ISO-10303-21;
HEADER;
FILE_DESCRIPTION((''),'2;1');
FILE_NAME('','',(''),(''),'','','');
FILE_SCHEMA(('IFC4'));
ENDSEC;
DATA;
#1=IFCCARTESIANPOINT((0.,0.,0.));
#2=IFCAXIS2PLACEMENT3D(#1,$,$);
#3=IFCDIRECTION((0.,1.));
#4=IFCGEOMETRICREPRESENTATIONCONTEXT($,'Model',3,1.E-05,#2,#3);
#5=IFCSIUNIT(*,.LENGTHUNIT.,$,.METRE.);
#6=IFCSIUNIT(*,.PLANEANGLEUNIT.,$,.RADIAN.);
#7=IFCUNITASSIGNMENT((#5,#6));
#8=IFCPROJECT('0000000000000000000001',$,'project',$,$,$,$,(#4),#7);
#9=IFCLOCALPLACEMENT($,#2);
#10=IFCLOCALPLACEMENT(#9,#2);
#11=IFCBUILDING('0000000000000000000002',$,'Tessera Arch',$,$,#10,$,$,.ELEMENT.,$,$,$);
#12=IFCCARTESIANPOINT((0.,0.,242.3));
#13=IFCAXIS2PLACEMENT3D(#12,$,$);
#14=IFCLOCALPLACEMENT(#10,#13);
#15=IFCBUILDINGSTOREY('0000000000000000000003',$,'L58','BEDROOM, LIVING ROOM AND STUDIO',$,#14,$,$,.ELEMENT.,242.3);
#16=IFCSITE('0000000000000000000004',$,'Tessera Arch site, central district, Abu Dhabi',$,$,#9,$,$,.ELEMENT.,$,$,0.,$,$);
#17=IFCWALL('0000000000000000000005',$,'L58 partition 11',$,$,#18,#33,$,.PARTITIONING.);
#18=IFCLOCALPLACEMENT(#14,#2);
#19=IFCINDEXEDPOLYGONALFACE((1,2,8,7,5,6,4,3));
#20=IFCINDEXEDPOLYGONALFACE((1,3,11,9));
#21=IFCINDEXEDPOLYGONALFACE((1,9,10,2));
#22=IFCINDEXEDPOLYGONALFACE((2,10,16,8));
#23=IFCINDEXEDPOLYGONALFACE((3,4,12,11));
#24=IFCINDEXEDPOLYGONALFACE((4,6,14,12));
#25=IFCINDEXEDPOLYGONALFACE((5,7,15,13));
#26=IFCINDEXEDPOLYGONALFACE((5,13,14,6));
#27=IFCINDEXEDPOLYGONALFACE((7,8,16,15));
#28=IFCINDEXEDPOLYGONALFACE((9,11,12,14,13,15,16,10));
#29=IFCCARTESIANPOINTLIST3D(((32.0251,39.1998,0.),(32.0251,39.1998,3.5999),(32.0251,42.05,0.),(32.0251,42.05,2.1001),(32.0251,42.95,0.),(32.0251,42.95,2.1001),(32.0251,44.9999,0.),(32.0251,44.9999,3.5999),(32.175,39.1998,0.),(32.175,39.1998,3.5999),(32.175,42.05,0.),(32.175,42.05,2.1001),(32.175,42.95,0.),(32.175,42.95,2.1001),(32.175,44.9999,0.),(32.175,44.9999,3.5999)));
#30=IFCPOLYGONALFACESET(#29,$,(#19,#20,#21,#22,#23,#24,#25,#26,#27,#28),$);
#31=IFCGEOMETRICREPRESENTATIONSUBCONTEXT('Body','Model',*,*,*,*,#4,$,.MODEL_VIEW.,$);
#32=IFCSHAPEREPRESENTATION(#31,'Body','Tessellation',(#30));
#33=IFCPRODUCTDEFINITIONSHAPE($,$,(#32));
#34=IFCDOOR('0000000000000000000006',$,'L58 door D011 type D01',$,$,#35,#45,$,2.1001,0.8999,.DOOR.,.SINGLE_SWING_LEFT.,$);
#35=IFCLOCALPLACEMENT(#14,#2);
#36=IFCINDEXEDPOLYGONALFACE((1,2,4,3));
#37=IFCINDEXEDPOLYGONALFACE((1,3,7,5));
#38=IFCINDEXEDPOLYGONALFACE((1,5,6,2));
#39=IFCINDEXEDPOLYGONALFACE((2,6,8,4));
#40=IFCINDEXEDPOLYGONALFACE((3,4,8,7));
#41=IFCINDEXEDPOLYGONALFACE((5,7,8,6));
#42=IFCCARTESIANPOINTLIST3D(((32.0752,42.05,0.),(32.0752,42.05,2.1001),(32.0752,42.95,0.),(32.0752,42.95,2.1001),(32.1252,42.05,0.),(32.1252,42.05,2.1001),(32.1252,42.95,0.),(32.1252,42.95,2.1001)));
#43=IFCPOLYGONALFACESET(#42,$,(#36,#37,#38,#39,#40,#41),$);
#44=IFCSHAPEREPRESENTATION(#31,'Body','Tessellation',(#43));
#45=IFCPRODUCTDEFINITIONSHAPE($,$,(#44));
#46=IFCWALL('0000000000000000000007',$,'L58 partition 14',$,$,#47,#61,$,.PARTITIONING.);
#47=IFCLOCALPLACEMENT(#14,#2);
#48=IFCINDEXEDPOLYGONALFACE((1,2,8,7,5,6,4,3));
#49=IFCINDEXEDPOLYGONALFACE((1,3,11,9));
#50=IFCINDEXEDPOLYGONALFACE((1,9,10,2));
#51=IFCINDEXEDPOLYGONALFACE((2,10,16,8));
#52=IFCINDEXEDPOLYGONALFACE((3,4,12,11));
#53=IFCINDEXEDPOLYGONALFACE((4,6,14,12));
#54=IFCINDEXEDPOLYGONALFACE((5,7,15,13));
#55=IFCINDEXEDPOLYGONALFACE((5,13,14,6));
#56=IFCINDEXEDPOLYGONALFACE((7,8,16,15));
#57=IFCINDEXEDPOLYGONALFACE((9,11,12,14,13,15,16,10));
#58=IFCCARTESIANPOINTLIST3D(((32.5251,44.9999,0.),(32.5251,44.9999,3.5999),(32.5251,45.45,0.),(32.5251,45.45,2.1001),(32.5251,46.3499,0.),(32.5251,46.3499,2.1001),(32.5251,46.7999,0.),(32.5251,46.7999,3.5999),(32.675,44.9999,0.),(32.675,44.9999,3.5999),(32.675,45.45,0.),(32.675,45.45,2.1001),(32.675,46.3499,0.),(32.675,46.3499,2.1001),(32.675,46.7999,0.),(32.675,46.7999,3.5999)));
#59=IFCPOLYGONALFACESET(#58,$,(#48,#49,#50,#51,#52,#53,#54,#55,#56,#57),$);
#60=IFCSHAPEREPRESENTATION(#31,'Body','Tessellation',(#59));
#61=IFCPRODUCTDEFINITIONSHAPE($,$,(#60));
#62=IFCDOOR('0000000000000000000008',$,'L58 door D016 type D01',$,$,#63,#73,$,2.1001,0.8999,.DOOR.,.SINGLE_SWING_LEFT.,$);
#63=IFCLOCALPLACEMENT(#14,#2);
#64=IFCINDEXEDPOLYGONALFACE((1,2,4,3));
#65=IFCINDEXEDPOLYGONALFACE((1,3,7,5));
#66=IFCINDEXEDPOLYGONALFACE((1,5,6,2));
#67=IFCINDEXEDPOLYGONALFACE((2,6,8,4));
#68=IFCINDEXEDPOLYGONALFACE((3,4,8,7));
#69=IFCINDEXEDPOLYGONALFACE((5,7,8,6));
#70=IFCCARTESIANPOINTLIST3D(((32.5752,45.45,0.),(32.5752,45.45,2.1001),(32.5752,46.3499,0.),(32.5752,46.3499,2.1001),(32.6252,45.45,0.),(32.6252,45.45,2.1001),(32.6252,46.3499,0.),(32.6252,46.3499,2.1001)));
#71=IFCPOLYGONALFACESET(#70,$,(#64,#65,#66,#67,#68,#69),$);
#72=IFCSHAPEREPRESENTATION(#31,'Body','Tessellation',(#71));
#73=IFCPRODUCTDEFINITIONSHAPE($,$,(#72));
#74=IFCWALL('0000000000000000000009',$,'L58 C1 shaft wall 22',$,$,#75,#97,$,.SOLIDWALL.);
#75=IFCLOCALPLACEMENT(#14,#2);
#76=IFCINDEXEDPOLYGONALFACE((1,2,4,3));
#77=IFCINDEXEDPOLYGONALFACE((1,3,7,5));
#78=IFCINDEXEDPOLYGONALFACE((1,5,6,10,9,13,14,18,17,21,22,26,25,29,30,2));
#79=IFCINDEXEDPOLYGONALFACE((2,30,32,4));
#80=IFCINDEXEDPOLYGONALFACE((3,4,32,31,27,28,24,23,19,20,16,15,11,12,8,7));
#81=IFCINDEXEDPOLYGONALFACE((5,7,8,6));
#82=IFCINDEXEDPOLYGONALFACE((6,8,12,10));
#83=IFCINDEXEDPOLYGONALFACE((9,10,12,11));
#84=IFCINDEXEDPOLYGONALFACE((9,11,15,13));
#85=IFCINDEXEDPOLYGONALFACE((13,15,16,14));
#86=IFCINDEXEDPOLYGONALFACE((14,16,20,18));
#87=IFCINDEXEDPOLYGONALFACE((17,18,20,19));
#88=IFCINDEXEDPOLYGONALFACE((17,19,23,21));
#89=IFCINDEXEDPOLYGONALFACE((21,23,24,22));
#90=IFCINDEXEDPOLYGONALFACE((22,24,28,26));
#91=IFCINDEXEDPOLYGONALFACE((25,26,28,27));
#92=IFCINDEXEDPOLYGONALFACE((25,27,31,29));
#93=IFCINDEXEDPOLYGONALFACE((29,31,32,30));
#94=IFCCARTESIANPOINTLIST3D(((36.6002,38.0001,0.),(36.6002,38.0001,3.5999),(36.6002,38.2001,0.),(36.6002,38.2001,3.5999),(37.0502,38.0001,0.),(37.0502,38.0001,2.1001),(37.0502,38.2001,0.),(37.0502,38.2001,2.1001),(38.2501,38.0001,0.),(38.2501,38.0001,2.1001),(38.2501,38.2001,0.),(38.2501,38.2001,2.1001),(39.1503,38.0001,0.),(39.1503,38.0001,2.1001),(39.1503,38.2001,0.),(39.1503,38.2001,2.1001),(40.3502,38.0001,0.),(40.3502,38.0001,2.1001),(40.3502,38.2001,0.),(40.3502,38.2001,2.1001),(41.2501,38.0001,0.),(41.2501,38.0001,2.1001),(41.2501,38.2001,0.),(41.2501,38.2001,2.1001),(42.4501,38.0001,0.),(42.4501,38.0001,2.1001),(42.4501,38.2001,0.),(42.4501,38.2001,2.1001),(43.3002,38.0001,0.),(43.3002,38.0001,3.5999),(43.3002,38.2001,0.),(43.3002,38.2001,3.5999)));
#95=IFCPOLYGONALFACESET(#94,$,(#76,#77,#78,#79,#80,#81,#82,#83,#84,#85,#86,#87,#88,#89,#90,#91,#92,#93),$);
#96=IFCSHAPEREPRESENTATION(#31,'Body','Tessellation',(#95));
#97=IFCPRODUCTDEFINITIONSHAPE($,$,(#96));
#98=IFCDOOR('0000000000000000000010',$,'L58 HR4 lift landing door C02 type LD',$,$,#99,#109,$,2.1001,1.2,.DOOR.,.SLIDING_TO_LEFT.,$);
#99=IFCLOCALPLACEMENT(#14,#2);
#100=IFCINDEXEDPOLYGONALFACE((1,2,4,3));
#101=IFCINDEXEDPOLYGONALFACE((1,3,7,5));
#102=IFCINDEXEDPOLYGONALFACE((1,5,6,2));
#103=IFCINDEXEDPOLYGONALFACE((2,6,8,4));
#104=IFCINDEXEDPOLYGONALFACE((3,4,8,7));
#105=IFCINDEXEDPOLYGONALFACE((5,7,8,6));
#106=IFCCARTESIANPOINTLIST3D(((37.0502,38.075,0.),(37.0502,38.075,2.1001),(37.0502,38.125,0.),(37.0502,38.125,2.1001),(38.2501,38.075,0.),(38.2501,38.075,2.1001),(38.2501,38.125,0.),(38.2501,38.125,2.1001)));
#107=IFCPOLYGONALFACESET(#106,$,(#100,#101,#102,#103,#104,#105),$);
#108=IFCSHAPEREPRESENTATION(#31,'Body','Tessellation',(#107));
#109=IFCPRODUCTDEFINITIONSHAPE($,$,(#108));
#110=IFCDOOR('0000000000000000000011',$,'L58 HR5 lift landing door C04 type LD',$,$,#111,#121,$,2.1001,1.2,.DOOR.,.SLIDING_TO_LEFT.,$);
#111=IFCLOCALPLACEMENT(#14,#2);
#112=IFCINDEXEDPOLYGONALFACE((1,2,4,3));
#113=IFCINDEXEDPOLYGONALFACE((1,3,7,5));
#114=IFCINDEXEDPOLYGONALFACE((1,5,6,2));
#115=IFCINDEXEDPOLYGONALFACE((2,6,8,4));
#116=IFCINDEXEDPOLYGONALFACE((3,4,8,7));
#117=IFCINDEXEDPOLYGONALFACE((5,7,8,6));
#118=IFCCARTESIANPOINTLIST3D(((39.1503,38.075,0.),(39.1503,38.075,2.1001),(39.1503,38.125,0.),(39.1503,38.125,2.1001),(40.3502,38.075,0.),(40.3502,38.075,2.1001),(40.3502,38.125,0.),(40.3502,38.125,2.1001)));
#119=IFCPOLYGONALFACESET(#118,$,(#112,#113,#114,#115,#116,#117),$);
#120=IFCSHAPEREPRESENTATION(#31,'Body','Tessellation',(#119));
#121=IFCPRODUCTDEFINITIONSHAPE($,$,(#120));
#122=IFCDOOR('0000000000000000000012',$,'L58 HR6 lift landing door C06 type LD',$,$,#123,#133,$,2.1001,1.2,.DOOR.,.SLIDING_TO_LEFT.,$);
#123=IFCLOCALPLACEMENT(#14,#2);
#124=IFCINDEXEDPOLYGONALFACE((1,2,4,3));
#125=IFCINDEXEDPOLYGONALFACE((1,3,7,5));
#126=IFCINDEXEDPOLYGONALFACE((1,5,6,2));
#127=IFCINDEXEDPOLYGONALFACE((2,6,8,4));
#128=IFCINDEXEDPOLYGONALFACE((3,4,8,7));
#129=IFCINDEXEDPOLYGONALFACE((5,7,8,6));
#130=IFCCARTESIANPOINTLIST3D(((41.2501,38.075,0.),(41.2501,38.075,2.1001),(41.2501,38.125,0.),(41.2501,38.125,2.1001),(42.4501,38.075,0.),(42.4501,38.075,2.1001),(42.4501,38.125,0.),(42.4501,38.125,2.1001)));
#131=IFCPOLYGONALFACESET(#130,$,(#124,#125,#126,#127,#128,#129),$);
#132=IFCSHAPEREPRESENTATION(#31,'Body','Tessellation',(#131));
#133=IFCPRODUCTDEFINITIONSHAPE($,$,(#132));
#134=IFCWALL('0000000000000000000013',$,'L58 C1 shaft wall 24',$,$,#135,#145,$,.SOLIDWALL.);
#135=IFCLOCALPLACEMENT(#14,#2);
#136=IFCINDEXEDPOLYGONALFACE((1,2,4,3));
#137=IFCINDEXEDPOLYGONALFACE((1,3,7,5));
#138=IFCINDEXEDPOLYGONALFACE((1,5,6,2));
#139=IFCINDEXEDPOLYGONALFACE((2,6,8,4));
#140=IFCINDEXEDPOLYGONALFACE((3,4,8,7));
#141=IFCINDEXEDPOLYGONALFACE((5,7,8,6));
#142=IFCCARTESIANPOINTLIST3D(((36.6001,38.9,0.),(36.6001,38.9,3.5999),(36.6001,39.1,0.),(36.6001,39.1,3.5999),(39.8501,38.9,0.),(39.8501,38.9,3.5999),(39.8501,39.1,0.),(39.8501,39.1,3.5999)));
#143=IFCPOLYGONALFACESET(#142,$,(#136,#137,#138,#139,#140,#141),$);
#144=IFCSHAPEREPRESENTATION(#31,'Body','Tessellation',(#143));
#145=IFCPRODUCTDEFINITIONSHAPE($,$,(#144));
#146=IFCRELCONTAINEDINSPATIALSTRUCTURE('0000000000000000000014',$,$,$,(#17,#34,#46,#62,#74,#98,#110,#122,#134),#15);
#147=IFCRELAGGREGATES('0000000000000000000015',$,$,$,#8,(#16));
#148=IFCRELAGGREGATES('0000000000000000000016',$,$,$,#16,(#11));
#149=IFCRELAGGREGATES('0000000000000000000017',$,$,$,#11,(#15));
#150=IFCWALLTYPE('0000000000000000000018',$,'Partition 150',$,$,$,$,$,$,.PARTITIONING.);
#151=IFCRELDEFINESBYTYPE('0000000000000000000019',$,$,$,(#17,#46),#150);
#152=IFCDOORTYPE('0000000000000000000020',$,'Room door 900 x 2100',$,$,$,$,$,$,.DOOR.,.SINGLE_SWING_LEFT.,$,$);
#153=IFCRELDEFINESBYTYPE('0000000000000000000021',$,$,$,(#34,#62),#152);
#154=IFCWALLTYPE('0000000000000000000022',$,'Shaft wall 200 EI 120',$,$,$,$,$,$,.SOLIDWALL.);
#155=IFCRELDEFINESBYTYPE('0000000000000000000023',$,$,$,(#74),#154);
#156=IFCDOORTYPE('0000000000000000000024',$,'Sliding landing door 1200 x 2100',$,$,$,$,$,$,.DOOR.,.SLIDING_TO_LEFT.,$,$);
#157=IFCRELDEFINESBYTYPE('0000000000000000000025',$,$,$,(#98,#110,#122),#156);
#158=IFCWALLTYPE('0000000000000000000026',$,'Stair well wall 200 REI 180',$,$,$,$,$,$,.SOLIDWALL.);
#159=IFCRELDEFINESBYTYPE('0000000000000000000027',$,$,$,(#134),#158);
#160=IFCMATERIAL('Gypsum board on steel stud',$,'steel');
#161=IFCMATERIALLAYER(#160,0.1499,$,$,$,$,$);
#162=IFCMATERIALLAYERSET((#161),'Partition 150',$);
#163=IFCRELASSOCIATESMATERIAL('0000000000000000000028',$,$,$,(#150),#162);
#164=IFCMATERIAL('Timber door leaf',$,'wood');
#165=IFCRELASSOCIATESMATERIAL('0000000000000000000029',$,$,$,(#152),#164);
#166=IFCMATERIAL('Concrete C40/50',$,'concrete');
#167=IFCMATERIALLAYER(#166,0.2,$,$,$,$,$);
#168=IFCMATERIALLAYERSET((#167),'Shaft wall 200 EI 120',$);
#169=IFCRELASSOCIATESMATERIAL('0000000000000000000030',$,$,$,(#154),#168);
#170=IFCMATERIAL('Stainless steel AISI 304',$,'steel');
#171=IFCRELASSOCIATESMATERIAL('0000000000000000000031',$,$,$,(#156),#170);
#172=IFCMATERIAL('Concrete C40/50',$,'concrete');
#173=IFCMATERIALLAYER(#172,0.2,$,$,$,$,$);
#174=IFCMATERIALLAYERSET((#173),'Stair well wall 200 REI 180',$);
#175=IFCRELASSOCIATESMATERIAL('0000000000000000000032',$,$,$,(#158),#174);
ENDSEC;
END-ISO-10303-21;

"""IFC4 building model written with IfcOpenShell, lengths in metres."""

from ifc_helpers import new_model, si_unit, direction, frame, frame_2d, origin, place, context, subcontext, project, spatial, rectangle, extrude, material, layer, layer_set, type_object, element, fill, save


model = new_model("IFC4")

# Units and contexts
model_context = context("Model", 3, precision=1e-05, world=origin(), true_north=direction((0.0, 1.0)))
body_context = subcontext(model_context, "Body", "Model", "MODEL_VIEW")
ifc_project = project(units=[si_unit("LENGTHUNIT", "METRE"), si_unit("PLANEANGLEUNIT", "RADIAN")], contexts=[model_context])

# Site, building, storey
site_placement = place(None, origin())
site = spatial("IfcSite", under=ifc_project, at=site_placement, Name="Tessera Arch site, central district, Abu Dhabi", CompositionType="ELEMENT", RefElevation=0.0)
building_placement = place(site_placement, origin())
building = spatial("IfcBuilding", under=site, at=building_placement, Name="Tessera Arch", CompositionType="ELEMENT")
storey_placement = place(building_placement, frame((0.0, 0.0, 242.3)))
storey = spatial("IfcBuildingStorey", under=building, at=storey_placement, Name="L58", Description="BEDROOM, LIVING ROOM AND STUDIO", CompositionType="ELEMENT", Elevation=242.3)

# Walls, openings, doors
ifc_material_1 = material(Name="Gypsum board on steel stud", Category="steel")
ifc_layer_1 = layer(ifc_material_1, 0.1499)
ifc_layer_set_1 = layer_set([ifc_layer_1], Name="Partition 150")
wall_type_1 = type_object("IfcWallType", Name="Partition 150", PredefinedType="PARTITIONING", material=ifc_layer_set_1)
wall_1_placement = place(storey_placement, frame((32.1001, 39.2, 0.0), z_axis=(0.0, 0.0, 1.0), x_axis=(0.0, 1.0, 0.0)))
wall_1 = element("IfcWall", 1, at=wall_1_placement, inside=storey, type_object=wall_type_1, Name="L58 partition 11", PredefinedType="PARTITIONING", context=body_context, shape_type="SweptSolid", body=[
    extrude(rectangle(XDim=5.8, YDim=0.1499, at=frame_2d((2.8999, 0.0))), origin(), (0.0, 0.0, 1.0), 3.5999),
])
opening_1_placement = place(wall_1_placement, frame((2.8501, 0.0, 0.0)))
opening_1 = element("IfcOpeningElement", 2, at=opening_1_placement, cuts=wall_1, PredefinedType="OPENING", context=body_context, shape_type="SweptSolid", body=[
    extrude(rectangle(XDim=0.8999, YDim=2.1001, at=frame_2d((0.45, 1.05))), frame((0.0, 0.085, 0.0), z_axis=(0.0, -1.0, 0.0), x_axis=(1.0, 0.0, 0.0)), (0.0, 0.0, 1.0), 0.1699),
])
ifc_material_2 = material(Name="Timber door leaf", Category="wood")
door_type_1 = type_object("IfcDoorType", Name="Room door 900 x 2100", OperationType="SINGLE_SWING_LEFT", PredefinedType="DOOR", material=ifc_material_2)
door_1_placement = place(opening_1_placement, origin())
door_1 = element("IfcDoor", 3, at=door_1_placement, inside=storey, type_object=door_type_1, Name="L58 door D011 type D01", OperationType="SINGLE_SWING_LEFT", OverallHeight=2.1001, OverallWidth=0.8999, PredefinedType="DOOR", context=body_context, shape_type="SweptSolid", body=[
    extrude(rectangle(XDim=0.8999, YDim=2.1001, at=frame_2d((0.45, 1.05))), frame((0.0, 0.0249, 0.0), z_axis=(0.0, -1.0, 0.0), x_axis=(1.0, 0.0, 0.0)), (0.0, 0.0, 1.0), 0.05),
])
fill(opening_1, door_1)
wall_2_placement = place(storey_placement, frame((32.6001, 45.0, 0.0), z_axis=(0.0, 0.0, 1.0), x_axis=(0.0, 1.0, 0.0)))
wall_2 = element("IfcWall", 4, at=wall_2_placement, inside=storey, type_object=wall_type_1, Name="L58 partition 14", PredefinedType="PARTITIONING", context=body_context, shape_type="SweptSolid", body=[
    extrude(rectangle(XDim=1.8, YDim=0.1499, at=frame_2d((0.8999, 0.0))), origin(), (0.0, 0.0, 1.0), 3.5999),
])
opening_2_placement = place(wall_2_placement, frame((0.45, 0.0, 0.0)))
opening_2 = element("IfcOpeningElement", 5, at=opening_2_placement, cuts=wall_2, PredefinedType="OPENING", context=body_context, shape_type="SweptSolid", body=[
    extrude(rectangle(XDim=0.8999, YDim=2.1001, at=frame_2d((0.45, 1.05))), frame((0.0, 0.085, 0.0), z_axis=(0.0, -1.0, 0.0), x_axis=(1.0, 0.0, 0.0)), (0.0, 0.0, 1.0), 0.1699),
])
door_2_placement = place(opening_2_placement, origin())
door_2 = element("IfcDoor", 6, at=door_2_placement, inside=storey, type_object=door_type_1, Name="L58 door D016 type D01", OperationType="SINGLE_SWING_LEFT", OverallHeight=2.1001, OverallWidth=0.8999, PredefinedType="DOOR", context=body_context, shape_type="SweptSolid", body=[
    extrude(rectangle(XDim=0.8999, YDim=2.1001, at=frame_2d((0.45, 1.05))), frame((0.0, 0.0249, 0.0), z_axis=(0.0, -1.0, 0.0), x_axis=(1.0, 0.0, 0.0)), (0.0, 0.0, 1.0), 0.05),
])
fill(opening_2, door_2)

# Wall, openings, doors
ifc_material_3 = material(Name="Concrete C40/50", Category="concrete")
ifc_layer_2 = layer(ifc_material_3, 0.2)
ifc_layer_set_2 = layer_set([ifc_layer_2], Name="Shaft wall 200 EI 120")
wall_type_2 = type_object("IfcWallType", Name="Shaft wall 200 EI 120", PredefinedType="SOLIDWALL", material=ifc_layer_set_2)
wall_3_placement = place(storey_placement, frame((36.6001, 38.1001, 0.0), z_axis=(0.0, 0.0, 1.0), x_axis=(1.0, 0.0, 0.0)))
wall_3 = element("IfcWall", 7, at=wall_3_placement, inside=storey, type_object=wall_type_2, Name="L58 C1 shaft wall 22", PredefinedType="SOLIDWALL", context=body_context, shape_type="SweptSolid", body=[
    extrude(rectangle(XDim=6.7, YDim=0.2, at=frame_2d((3.3501, 0.0))), origin(), (0.0, 0.0, 1.0), 3.5999),
])
opening_3_placement = place(wall_3_placement, frame((0.45, 0.0, 0.0)))
opening_3 = element("IfcOpeningElement", 8, at=opening_3_placement, cuts=wall_3, PredefinedType="OPENING", context=body_context, shape_type="SweptSolid", body=[
    extrude(rectangle(XDim=1.2, YDim=2.1001, at=frame_2d((0.6001, 1.05))), frame((0.0, 0.1099, 0.0), z_axis=(0.0, -1.0, 0.0), x_axis=(1.0, 0.0, 0.0)), (0.0, 0.0, 1.0), 0.22),
])
opening_4_placement = place(wall_3_placement, frame((2.55, 0.0, 0.0)))
opening_4 = element("IfcOpeningElement", 9, at=opening_4_placement, cuts=wall_3, PredefinedType="OPENING", context=body_context, shape_type="SweptSolid", body=[
    extrude(rectangle(XDim=1.2, YDim=2.1001, at=frame_2d((0.6001, 1.05))), frame((0.0, 0.1099, 0.0), z_axis=(0.0, -1.0, 0.0), x_axis=(1.0, 0.0, 0.0)), (0.0, 0.0, 1.0), 0.22),
])
opening_5_placement = place(wall_3_placement, frame((4.6499, 0.0, 0.0)))
opening_5 = element("IfcOpeningElement", 10, at=opening_5_placement, cuts=wall_3, PredefinedType="OPENING", context=body_context, shape_type="SweptSolid", body=[
    extrude(rectangle(XDim=1.2, YDim=2.1001, at=frame_2d((0.6001, 1.05))), frame((0.0, 0.1099, 0.0), z_axis=(0.0, -1.0, 0.0), x_axis=(1.0, 0.0, 0.0)), (0.0, 0.0, 1.0), 0.22),
])
ifc_material_4 = material(Name="Stainless steel AISI 304", Category="steel")
door_type_2 = type_object("IfcDoorType", Name="Sliding landing door 1200 x 2100", OperationType="SLIDING_TO_LEFT", PredefinedType="DOOR", material=ifc_material_4)
door_3_placement = place(opening_3_placement, origin())
door_3 = element("IfcDoor", 11, at=door_3_placement, inside=storey, type_object=door_type_2, Name="L58 HR4 lift landing door C02 type LD", OperationType="SLIDING_TO_LEFT", OverallHeight=2.1001, OverallWidth=1.2, PredefinedType="DOOR", context=body_context, shape_type="SweptSolid", body=[
    extrude(rectangle(XDim=1.2, YDim=2.1001, at=frame_2d((0.6001, 1.05))), frame((0.0, 0.0249, 0.0), z_axis=(0.0, -1.0, 0.0), x_axis=(1.0, 0.0, 0.0)), (0.0, 0.0, 1.0), 0.05),
])
fill(opening_3, door_3)
door_4_placement = place(opening_4_placement, origin())
door_4 = element("IfcDoor", 12, at=door_4_placement, inside=storey, type_object=door_type_2, Name="L58 HR5 lift landing door C04 type LD", OperationType="SLIDING_TO_LEFT", OverallHeight=2.1001, OverallWidth=1.2, PredefinedType="DOOR", context=body_context, shape_type="SweptSolid", body=[
    extrude(rectangle(XDim=1.2, YDim=2.1001, at=frame_2d((0.6001, 1.05))), frame((0.0, 0.0249, 0.0), z_axis=(0.0, -1.0, 0.0), x_axis=(1.0, 0.0, 0.0)), (0.0, 0.0, 1.0), 0.05),
])
fill(opening_4, door_4)
door_5_placement = place(opening_5_placement, origin())
door_5 = element("IfcDoor", 13, at=door_5_placement, inside=storey, type_object=door_type_2, Name="L58 HR6 lift landing door C06 type LD", OperationType="SLIDING_TO_LEFT", OverallHeight=2.1001, OverallWidth=1.2, PredefinedType="DOOR", context=body_context, shape_type="SweptSolid", body=[
    extrude(rectangle(XDim=1.2, YDim=2.1001, at=frame_2d((0.6001, 1.05))), frame((0.0, 0.0249, 0.0), z_axis=(0.0, -1.0, 0.0), x_axis=(1.0, 0.0, 0.0)), (0.0, 0.0, 1.0), 0.05),
])
fill(opening_5, door_5)

# Wall
ifc_material_5 = material(Name="Concrete C40/50", Category="concrete")
ifc_layer_3 = layer(ifc_material_5, 0.2)
ifc_layer_set_3 = layer_set([ifc_layer_3], Name="Stair well wall 200 REI 180")
wall_type_3 = type_object("IfcWallType", Name="Stair well wall 200 REI 180", PredefinedType="SOLIDWALL", material=ifc_layer_set_3)
wall_4_placement = place(storey_placement, frame((36.6001, 39.0, 0.0), z_axis=(0.0, 0.0, 1.0), x_axis=(1.0, 0.0, 0.0)))
element("IfcWall", 14, at=wall_4_placement, inside=storey, type_object=wall_type_3, Name="L58 C1 shaft wall 24", PredefinedType="SOLIDWALL", context=body_context, shape_type="SweptSolid", body=[
    extrude(rectangle(XDim=3.25, YDim=0.2, at=frame_2d((1.625, 0.0))), origin(), (0.0, 0.0, 1.0), 3.5999),
])

save(model, "model.ifc")
